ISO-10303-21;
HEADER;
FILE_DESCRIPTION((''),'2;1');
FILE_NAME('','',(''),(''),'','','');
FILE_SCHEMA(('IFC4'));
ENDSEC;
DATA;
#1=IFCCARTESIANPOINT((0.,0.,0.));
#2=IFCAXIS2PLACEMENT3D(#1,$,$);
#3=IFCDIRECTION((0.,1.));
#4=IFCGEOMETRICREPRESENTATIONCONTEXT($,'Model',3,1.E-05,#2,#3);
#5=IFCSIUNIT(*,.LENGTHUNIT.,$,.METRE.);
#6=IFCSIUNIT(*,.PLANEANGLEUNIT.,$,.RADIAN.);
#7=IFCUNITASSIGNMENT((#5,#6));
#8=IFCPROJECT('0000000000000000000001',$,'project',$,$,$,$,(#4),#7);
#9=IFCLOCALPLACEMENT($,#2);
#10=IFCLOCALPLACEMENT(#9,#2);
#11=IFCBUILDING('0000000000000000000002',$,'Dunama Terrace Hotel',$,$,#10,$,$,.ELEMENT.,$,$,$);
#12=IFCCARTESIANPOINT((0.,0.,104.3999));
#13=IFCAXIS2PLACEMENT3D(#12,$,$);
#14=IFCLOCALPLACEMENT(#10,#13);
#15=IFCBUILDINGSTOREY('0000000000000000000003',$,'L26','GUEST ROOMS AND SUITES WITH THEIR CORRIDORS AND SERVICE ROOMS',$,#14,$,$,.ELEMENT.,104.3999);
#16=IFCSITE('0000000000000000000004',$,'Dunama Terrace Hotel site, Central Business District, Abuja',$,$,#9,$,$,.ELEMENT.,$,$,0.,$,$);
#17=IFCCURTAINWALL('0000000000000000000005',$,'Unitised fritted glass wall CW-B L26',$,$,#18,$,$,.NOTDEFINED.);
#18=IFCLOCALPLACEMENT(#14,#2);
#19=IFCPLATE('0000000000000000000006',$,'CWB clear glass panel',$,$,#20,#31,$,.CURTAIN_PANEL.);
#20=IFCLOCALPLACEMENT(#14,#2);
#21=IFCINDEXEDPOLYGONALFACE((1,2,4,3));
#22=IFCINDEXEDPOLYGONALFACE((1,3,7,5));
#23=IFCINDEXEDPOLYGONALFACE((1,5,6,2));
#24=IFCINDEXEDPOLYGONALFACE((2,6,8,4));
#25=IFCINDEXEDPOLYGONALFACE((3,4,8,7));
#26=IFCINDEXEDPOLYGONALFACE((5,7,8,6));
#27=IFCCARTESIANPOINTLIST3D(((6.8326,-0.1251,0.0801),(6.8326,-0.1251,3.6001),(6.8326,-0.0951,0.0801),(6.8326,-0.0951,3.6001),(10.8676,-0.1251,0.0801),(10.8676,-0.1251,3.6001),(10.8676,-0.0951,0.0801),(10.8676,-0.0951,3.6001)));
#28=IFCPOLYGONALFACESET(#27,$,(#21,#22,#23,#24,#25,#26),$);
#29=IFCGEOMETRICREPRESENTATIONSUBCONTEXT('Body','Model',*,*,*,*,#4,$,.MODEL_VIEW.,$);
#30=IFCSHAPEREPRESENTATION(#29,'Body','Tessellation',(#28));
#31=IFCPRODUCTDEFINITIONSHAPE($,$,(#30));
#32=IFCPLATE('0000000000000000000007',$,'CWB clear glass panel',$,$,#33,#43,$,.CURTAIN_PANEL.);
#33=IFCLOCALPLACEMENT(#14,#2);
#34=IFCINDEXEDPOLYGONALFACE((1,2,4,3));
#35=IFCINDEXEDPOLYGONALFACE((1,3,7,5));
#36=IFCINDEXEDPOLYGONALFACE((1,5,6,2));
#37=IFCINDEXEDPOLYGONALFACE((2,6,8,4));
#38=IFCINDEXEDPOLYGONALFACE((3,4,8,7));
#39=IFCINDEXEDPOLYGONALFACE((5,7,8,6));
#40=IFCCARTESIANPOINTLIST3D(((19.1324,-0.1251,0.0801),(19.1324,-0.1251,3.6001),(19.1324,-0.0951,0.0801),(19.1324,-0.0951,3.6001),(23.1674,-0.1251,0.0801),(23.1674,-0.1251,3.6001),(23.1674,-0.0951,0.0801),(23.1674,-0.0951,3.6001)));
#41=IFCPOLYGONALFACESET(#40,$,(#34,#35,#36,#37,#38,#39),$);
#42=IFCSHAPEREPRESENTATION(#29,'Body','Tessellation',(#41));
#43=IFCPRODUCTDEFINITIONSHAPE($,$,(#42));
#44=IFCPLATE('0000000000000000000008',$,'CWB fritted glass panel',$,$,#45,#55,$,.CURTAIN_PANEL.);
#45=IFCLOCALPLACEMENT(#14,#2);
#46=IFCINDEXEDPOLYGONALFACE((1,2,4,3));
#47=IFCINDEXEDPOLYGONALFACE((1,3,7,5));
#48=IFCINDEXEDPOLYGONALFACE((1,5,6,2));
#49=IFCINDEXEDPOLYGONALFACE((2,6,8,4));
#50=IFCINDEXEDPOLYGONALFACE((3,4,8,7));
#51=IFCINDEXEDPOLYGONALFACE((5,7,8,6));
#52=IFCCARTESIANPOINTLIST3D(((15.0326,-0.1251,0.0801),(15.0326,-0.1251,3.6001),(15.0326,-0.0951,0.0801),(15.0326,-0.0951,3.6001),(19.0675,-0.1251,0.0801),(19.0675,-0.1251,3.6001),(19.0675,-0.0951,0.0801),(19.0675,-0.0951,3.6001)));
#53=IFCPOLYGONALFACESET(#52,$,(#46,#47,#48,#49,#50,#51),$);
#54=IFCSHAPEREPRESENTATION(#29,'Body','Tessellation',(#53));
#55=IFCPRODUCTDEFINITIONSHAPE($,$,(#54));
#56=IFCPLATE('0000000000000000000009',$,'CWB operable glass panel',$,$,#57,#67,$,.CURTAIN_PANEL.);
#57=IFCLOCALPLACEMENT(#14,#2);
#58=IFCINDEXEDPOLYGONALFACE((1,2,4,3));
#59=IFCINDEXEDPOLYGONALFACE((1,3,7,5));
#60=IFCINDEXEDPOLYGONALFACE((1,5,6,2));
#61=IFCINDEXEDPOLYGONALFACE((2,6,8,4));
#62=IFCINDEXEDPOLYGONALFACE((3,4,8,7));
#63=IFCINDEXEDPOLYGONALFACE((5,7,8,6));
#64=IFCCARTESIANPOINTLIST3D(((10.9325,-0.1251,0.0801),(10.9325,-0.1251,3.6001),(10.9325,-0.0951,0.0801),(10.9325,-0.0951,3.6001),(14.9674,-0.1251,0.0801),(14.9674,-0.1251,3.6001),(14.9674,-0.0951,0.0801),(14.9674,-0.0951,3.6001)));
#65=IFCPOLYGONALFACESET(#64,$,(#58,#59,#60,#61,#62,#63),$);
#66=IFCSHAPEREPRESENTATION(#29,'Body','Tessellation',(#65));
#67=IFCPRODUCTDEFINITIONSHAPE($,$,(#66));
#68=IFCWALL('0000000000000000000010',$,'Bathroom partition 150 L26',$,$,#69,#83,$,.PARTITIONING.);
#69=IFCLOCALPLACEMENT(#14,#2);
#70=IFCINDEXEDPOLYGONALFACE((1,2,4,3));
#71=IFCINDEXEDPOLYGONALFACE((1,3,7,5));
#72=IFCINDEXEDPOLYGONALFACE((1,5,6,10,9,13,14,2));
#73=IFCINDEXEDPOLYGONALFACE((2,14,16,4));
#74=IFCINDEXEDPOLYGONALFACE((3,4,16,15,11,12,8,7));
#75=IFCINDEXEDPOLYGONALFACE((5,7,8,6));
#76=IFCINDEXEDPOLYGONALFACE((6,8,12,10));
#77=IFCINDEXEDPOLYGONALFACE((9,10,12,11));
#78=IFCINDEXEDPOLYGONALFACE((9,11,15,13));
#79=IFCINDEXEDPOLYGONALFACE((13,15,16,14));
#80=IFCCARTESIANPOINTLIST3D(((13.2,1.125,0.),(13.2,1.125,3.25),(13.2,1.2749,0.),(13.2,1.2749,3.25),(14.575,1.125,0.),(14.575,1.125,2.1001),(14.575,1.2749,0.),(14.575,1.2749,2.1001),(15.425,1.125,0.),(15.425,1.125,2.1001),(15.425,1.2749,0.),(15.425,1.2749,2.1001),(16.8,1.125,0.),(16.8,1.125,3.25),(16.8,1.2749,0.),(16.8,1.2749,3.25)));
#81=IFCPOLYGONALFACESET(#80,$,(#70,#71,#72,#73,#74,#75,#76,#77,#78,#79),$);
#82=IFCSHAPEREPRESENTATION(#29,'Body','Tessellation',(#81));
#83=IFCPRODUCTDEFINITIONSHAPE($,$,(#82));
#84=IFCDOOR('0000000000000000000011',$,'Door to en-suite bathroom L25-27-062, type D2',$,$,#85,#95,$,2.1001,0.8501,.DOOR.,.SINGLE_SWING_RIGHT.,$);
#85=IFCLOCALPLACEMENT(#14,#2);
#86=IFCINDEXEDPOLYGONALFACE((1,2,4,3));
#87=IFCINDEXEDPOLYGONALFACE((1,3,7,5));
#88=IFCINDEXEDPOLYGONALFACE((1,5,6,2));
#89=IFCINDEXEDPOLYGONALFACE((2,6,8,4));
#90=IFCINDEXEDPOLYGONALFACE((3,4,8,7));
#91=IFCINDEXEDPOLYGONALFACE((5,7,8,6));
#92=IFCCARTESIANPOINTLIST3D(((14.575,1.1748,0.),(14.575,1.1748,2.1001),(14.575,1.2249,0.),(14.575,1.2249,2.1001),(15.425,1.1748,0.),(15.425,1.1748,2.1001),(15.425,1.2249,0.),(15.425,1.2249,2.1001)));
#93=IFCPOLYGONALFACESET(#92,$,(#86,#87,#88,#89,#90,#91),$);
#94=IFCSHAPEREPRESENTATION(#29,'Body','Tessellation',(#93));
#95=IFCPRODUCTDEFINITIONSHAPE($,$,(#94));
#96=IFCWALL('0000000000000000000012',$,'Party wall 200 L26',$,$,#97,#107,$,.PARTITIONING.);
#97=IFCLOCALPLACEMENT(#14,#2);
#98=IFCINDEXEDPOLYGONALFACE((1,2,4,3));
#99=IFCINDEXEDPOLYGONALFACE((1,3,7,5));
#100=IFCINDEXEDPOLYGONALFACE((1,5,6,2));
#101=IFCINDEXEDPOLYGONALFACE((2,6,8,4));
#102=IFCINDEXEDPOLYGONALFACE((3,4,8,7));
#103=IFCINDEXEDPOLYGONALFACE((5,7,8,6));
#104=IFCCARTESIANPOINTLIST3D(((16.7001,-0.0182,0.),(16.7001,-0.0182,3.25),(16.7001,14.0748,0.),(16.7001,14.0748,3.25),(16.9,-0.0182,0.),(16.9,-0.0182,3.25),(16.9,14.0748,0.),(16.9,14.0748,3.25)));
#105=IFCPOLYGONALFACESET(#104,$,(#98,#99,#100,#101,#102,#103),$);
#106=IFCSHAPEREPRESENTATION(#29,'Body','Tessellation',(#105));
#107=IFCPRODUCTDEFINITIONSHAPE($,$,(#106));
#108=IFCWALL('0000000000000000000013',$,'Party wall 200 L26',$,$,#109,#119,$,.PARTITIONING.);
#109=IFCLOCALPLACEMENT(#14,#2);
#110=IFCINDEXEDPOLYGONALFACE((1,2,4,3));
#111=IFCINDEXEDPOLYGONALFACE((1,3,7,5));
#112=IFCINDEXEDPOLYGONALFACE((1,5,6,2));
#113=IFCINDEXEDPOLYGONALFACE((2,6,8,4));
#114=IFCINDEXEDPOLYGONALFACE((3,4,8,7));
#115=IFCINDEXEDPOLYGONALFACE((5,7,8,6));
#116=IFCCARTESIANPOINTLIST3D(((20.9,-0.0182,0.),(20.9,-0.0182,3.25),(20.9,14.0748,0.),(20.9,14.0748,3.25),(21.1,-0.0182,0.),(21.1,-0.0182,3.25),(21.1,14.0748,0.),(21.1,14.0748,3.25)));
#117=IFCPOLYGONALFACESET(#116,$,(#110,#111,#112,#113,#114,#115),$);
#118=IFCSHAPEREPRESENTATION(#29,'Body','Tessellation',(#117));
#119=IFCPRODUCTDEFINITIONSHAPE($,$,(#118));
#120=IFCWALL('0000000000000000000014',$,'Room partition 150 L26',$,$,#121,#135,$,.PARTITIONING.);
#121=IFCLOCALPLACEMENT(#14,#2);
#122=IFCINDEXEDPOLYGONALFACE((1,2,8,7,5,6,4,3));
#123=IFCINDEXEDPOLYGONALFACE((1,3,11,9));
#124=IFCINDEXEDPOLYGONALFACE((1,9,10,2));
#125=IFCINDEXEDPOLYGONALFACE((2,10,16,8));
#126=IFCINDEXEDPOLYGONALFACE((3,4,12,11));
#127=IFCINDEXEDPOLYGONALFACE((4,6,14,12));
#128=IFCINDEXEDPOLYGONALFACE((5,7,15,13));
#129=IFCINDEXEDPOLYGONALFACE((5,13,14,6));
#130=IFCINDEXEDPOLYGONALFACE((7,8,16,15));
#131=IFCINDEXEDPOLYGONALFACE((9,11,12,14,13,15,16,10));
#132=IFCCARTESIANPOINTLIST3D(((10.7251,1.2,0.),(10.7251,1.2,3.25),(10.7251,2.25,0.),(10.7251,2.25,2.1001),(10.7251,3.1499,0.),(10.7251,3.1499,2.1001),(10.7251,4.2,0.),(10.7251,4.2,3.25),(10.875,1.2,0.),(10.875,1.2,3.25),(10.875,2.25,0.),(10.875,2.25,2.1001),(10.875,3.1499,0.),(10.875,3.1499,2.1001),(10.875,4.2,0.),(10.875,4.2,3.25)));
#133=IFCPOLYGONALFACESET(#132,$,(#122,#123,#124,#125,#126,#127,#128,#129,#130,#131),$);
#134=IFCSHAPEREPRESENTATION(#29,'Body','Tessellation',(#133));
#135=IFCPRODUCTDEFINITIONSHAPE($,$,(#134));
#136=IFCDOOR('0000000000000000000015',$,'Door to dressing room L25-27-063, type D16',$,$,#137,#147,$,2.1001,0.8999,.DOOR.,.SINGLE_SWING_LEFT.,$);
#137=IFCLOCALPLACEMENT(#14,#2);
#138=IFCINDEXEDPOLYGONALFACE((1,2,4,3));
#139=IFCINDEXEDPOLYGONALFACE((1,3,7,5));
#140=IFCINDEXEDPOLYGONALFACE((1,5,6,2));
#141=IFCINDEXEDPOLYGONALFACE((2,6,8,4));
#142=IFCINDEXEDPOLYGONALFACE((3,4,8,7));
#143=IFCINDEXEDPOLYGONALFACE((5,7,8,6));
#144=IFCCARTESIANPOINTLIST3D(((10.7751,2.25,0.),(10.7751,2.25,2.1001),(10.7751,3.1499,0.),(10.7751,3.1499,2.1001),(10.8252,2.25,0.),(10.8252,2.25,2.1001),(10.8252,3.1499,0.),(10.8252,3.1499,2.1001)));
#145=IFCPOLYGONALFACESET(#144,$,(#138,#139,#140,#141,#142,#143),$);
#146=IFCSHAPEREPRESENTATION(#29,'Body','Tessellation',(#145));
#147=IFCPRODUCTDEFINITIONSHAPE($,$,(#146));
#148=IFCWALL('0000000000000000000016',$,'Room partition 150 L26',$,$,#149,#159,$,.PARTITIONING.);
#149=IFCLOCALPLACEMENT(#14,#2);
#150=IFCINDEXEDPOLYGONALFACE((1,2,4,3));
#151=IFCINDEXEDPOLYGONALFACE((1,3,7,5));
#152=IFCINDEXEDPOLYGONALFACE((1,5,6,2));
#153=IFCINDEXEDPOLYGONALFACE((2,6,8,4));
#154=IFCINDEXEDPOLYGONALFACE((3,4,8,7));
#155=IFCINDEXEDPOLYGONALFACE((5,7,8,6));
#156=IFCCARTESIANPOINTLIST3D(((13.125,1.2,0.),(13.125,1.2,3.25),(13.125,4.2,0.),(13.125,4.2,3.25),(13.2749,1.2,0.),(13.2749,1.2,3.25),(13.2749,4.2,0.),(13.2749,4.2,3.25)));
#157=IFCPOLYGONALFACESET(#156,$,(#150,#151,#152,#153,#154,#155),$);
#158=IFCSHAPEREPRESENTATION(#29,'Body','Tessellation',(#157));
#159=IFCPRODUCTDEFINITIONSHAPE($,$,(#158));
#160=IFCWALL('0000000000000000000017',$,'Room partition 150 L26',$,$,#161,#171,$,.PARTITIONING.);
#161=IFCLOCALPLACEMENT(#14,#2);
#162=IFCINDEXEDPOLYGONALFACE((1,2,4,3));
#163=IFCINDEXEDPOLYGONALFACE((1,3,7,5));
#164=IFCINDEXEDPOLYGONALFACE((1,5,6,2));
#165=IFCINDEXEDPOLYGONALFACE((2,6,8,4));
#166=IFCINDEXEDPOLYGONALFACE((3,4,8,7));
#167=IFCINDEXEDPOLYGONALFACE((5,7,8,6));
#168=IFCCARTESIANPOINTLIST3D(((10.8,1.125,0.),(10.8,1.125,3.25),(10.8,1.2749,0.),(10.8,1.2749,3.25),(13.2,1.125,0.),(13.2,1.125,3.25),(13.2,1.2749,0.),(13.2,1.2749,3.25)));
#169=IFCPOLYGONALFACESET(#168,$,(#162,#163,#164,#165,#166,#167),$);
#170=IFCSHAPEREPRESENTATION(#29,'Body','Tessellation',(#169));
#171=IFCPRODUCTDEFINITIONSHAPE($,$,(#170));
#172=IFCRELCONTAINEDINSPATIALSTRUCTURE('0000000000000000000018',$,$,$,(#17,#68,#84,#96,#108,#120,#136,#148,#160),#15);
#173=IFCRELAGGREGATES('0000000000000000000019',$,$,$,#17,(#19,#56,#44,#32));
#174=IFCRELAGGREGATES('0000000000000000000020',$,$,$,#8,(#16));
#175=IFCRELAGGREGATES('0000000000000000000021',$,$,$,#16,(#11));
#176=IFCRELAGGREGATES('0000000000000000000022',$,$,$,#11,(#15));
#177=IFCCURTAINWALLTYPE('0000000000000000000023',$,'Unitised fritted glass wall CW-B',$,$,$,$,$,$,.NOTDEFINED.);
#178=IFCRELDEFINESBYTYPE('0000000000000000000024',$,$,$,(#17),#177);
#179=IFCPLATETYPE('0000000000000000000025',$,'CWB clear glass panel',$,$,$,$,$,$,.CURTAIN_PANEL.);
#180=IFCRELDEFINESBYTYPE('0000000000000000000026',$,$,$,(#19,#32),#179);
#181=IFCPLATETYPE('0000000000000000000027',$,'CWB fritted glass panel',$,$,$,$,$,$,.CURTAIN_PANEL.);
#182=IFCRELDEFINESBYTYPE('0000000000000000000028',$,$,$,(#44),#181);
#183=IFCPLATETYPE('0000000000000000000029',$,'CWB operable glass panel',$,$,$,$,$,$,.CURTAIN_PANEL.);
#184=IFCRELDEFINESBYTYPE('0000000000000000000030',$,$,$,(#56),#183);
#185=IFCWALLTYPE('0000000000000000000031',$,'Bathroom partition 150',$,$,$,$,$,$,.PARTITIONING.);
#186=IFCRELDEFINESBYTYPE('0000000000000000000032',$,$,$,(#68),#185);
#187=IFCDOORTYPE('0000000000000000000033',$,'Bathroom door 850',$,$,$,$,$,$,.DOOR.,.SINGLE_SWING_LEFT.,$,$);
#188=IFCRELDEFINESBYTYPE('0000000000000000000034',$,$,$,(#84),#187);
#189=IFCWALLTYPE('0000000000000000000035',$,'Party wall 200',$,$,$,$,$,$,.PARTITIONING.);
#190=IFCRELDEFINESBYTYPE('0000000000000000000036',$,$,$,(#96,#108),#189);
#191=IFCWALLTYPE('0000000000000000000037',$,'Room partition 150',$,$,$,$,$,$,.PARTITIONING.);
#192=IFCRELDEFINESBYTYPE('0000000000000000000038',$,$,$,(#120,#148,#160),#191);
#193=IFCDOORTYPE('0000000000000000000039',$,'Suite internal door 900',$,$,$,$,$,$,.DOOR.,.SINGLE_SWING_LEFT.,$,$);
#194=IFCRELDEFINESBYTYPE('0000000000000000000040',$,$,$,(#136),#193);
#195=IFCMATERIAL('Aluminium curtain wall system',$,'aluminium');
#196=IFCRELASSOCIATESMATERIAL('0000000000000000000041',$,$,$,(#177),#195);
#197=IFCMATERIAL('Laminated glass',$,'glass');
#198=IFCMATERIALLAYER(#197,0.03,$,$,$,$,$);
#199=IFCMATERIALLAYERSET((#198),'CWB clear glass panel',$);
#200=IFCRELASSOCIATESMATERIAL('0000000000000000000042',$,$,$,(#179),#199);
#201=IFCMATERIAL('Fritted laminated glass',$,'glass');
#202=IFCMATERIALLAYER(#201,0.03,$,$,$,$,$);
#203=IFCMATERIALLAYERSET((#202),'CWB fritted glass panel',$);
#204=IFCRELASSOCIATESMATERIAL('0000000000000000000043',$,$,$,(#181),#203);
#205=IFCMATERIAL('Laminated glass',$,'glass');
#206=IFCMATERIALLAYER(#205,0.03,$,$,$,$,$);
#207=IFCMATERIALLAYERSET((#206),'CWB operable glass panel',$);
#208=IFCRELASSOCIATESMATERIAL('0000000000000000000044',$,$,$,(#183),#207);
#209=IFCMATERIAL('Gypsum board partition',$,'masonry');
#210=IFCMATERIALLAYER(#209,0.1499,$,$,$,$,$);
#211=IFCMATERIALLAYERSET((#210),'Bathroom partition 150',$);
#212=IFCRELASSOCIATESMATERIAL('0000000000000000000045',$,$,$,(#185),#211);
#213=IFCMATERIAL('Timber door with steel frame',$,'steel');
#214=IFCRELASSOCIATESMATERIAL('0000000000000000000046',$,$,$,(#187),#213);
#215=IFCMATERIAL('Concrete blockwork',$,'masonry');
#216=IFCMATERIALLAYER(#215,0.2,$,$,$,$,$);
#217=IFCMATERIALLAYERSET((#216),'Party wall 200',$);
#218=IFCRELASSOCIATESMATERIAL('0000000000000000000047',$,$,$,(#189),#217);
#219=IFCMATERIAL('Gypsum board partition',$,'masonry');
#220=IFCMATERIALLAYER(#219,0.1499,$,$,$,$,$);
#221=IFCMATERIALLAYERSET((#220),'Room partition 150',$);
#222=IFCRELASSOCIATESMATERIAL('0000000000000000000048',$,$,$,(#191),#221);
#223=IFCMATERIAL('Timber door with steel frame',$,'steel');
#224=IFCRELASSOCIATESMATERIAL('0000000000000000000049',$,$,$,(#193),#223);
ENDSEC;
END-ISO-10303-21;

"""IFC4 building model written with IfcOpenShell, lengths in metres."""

from ifc_helpers import new_model, si_unit, direction, frame, frame_2d, origin, origin_2d, place, context, subcontext, project, spatial, rectangle, extrude, material, layer, layer_set, type_object, element, fill, aggregate, save


model = new_model("IFC4")

# Units and contexts
model_context = context("Model", 3, precision=1e-05, world=origin(), true_north=direction((0.0, 1.0)))
body_context = subcontext(model_context, "Body", "Model", "MODEL_VIEW")
ifc_project = project(units=[si_unit("LENGTHUNIT", "METRE"), si_unit("PLANEANGLEUNIT", "RADIAN")], contexts=[model_context])

# Site, building, storey
site_placement = place(None, origin())
site = spatial("IfcSite", under=ifc_project, at=site_placement, Name="Dunama Terrace Hotel site, Central Business District, Abuja", CompositionType="ELEMENT", RefElevation=0.0)
building_placement = place(site_placement, origin())
building = spatial("IfcBuilding", under=site, at=building_placement, Name="Dunama Terrace Hotel", CompositionType="ELEMENT")
storey_placement = place(building_placement, frame((0.0, 0.0, 104.3999)))
storey = spatial("IfcBuildingStorey", under=building, at=storey_placement, Name="L26", Description="GUEST ROOMS AND SUITES WITH THEIR CORRIDORS AND SERVICE ROOMS", CompositionType="ELEMENT", Elevation=104.3999)

# Curtain wall
ifc_material_1 = material(Name="Aluminium curtain wall system", Category="aluminium")
curtain_wall_type = type_object("IfcCurtainWallType", Name="Unitised fritted glass wall CW-B", PredefinedType="NOTDEFINED", material=ifc_material_1)
curtain_wall_placement = place(storey_placement, origin())
curtain_wall = element("IfcCurtainWall", 1, at=curtain_wall_placement, inside=storey, type_object=curtain_wall_type, Name="Unitised fritted glass wall CW-B L26", PredefinedType="NOTDEFINED")

# Plates
ifc_material_2 = material(Name="Laminated glass", Category="glass")
ifc_layer_1 = layer(ifc_material_2, 0.03)
ifc_layer_set_1 = layer_set([ifc_layer_1], Name="CWB clear glass panel")
plate_type_1 = type_object("IfcPlateType", Name="CWB clear glass panel", PredefinedType="CURTAIN_PANEL", material=ifc_layer_set_1)
plate_1_placement = place(storey_placement, frame((8.8501, -0.1101, 0.0801), z_axis=(0.0, 0.0, 1.0), x_axis=(1.0, 0.0, 0.0)))
plate_1 = element("IfcPlate", 2, at=plate_1_placement, type_object=plate_type_1, Name="CWB clear glass panel", PredefinedType="CURTAIN_PANEL", context=body_context, shape_type="SweptSolid", body=[
    extrude(rectangle(XDim=4.0349, YDim=0.03, at=origin_2d()), origin(), (0.0, 0.0, 1.0), 3.52),
])
plate_2_placement = place(storey_placement, frame((21.1499, -0.1101, 0.0801), z_axis=(0.0, 0.0, 1.0), x_axis=(1.0, 0.0, 0.0)))
plate_2 = element("IfcPlate", 3, at=plate_2_placement, type_object=plate_type_1, Name="CWB clear glass panel", PredefinedType="CURTAIN_PANEL", context=body_context, shape_type="SweptSolid", body=[
    extrude(rectangle(XDim=4.0349, YDim=0.03, at=origin_2d()), origin(), (0.0, 0.0, 1.0), 3.52),
])
ifc_material_3 = material(Name="Fritted laminated glass", Category="glass")
ifc_layer_2 = layer(ifc_material_3, 0.03)
ifc_layer_set_2 = layer_set([ifc_layer_2], Name="CWB fritted glass panel")
plate_type_2 = type_object("IfcPlateType", Name="CWB fritted glass panel", PredefinedType="CURTAIN_PANEL", material=ifc_layer_set_2)
plate_3_placement = place(storey_placement, frame((17.05, -0.1101, 0.0801), z_axis=(0.0, 0.0, 1.0), x_axis=(1.0, 0.0, 0.0)))
plate_3 = element("IfcPlate", 4, at=plate_3_placement, type_object=plate_type_2, Name="CWB fritted glass panel", PredefinedType="CURTAIN_PANEL", context=body_context, shape_type="SweptSolid", body=[
    extrude(rectangle(XDim=4.0349, YDim=0.03, at=origin_2d()), origin(), (0.0, 0.0, 1.0), 3.52),
])
ifc_material_4 = material(Name="Laminated glass", Category="glass")
ifc_layer_3 = layer(ifc_material_4, 0.03)
ifc_layer_set_3 = layer_set([ifc_layer_3], Name="CWB operable glass panel")
plate_type_3 = type_object("IfcPlateType", Name="CWB operable glass panel", PredefinedType="CURTAIN_PANEL", material=ifc_layer_set_3)
plate_4_placement = place(storey_placement, frame((12.95, -0.1101, 0.0801), z_axis=(0.0, 0.0, 1.0), x_axis=(1.0, 0.0, 0.0)))
plate_4 = element("IfcPlate", 5, at=plate_4_placement, type_object=plate_type_3, Name="CWB operable glass panel", PredefinedType="CURTAIN_PANEL", context=body_context, shape_type="SweptSolid", body=[
    extrude(rectangle(XDim=4.0349, YDim=0.03, at=origin_2d()), origin(), (0.0, 0.0, 1.0), 3.52),
])
aggregate(curtain_wall, [plate_1, plate_4, plate_3, plate_2])

# Wall, opening, door
ifc_material_5 = material(Name="Gypsum board partition", Category="masonry")
ifc_layer_4 = layer(ifc_material_5, 0.1499)
ifc_layer_set_4 = layer_set([ifc_layer_4], Name="Bathroom partition 150")
wall_type_1 = type_object("IfcWallType", Name="Bathroom partition 150", PredefinedType="PARTITIONING", material=ifc_layer_set_4)
wall_1_placement = place(storey_placement, frame((13.2, 1.2, 0.0), z_axis=(0.0, 0.0, 1.0), x_axis=(1.0, 0.0, 0.0)))
wall_1 = element("IfcWall", 6, at=wall_1_placement, inside=storey, type_object=wall_type_1, Name="Bathroom partition 150 L26", PredefinedType="PARTITIONING", context=body_context, shape_type="SweptSolid", body=[
    extrude(rectangle(XDim=3.6001, YDim=0.1499, at=frame_2d((1.8, 0.0))), origin(), (0.0, 0.0, 1.0), 3.25),
])
opening_1_placement = place(wall_1_placement, frame((1.375, 0.0, 0.0)))
opening_1 = element("IfcOpeningElement", 7, at=opening_1_placement, cuts=wall_1, PredefinedType="OPENING", context=body_context, shape_type="SweptSolid", body=[
    extrude(rectangle(XDim=0.8501, YDim=2.1001, at=frame_2d((0.425, 1.05))), frame((0.0, 0.085, 0.0), z_axis=(0.0, -1.0, 0.0), x_axis=(1.0, 0.0, 0.0)), (0.0, 0.0, 1.0), 0.1699),
])
ifc_material_6 = material(Name="Timber door with steel frame", Category="steel")
door_type_1 = type_object("IfcDoorType", Name="Bathroom door 850", OperationType="SINGLE_SWING_LEFT", PredefinedType="DOOR", material=ifc_material_6)
door_1_placement = place(opening_1_placement, origin())
door_1 = element("IfcDoor", 8, at=door_1_placement, inside=storey, type_object=door_type_1, Name="Door to en-suite bathroom L25-27-062, type D2", OperationType="SINGLE_SWING_RIGHT", OverallHeight=2.1001, OverallWidth=0.8501, PredefinedType="DOOR", context=body_context, shape_type="SweptSolid", body=[
    extrude(rectangle(XDim=0.8501, YDim=2.1001, at=frame_2d((0.425, 1.05))), frame((0.0, 0.0249, 0.0), z_axis=(0.0, -1.0, 0.0), x_axis=(1.0, 0.0, 0.0)), (0.0, 0.0, 1.0), 0.05),
])
fill(opening_1, door_1)

# Walls
ifc_material_7 = material(Name="Concrete blockwork", Category="masonry")
ifc_layer_5 = layer(ifc_material_7, 0.2)
ifc_layer_set_5 = layer_set([ifc_layer_5], Name="Party wall 200")
wall_type_2 = type_object("IfcWallType", Name="Party wall 200", PredefinedType="PARTITIONING", material=ifc_layer_set_5)
for number, where, z_axis, x_axis, name in (
    (9, (16.8, -0.0181, 0.0), (0.0, 0.0, 1.0), (0.0, 1.0, 0.0), "Party wall 200 L26"),
    (10, (21.0, -0.0181, 0.0), (0.0, 0.0, 1.0), (0.0, 1.0, 0.0), "Party wall 200 L26"),
):
    element("IfcWall", number, at=place(storey_placement, frame(where, z_axis=z_axis, x_axis=x_axis)), inside=storey, type_object=wall_type_2, Name=name, PredefinedType="PARTITIONING", context=body_context, shape_type="SweptSolid", body=[
        extrude(rectangle(XDim=14.093, YDim=0.2, at=frame_2d((7.0464, 0.0))), origin(), (0.0, 0.0, 1.0), 3.25),
    ])

# Wall, opening, door
ifc_material_8 = material(Name="Gypsum board partition", Category="masonry")
ifc_layer_6 = layer(ifc_material_8, 0.1499)
ifc_layer_set_6 = layer_set([ifc_layer_6], Name="Room partition 150")
wall_type_3 = type_object("IfcWallType", Name="Room partition 150", PredefinedType="PARTITIONING", material=ifc_layer_set_6)
wall_2_placement = place(storey_placement, frame((10.8, 1.2, 0.0), z_axis=(0.0, 0.0, 1.0), x_axis=(0.0, 1.0, 0.0)))
wall_2 = element("IfcWall", 11, at=wall_2_placement, inside=storey, type_object=wall_type_3, Name="Room partition 150 L26", PredefinedType="PARTITIONING", context=body_context, shape_type="SweptSolid", body=[
    extrude(rectangle(XDim=3.0, YDim=0.1499, at=frame_2d((1.5, 0.0))), origin(), (0.0, 0.0, 1.0), 3.25),
])
opening_2_placement = place(wall_2_placement, frame((1.05, 0.0, 0.0)))
opening_2 = element("IfcOpeningElement", 12, at=opening_2_placement, cuts=wall_2, PredefinedType="OPENING", context=body_context, shape_type="SweptSolid", body=[
    extrude(rectangle(XDim=0.8999, YDim=2.1001, at=frame_2d((0.45, 1.05))), frame((0.0, 0.085, 0.0), z_axis=(0.0, -1.0, 0.0), x_axis=(1.0, 0.0, 0.0)), (0.0, 0.0, 1.0), 0.1699),
])
ifc_material_9 = material(Name="Timber door with steel frame", Category="steel")
door_type_2 = type_object("IfcDoorType", Name="Suite internal door 900", OperationType="SINGLE_SWING_LEFT", PredefinedType="DOOR", material=ifc_material_9)
door_2_placement = place(opening_2_placement, frame((0.8999, 0.0, 0.0), z_axis=(0.0, 0.0, 1.0), x_axis=(-1.0, 0.0, 0.0)))
door_2 = element("IfcDoor", 13, at=door_2_placement, inside=storey, type_object=door_type_2, Name="Door to dressing room L25-27-063, type D16", OperationType="SINGLE_SWING_LEFT", OverallHeight=2.1001, OverallWidth=0.8999, PredefinedType="DOOR", context=body_context, shape_type="SweptSolid", body=[
    extrude(rectangle(XDim=0.8999, YDim=2.1001, at=frame_2d((0.45, 1.05))), frame((0.0, 0.0251, 0.0), z_axis=(0.0, -1.0, 0.0), x_axis=(1.0, 0.0, 0.0)), (0.0, 0.0, 1.0), 0.05),
])
fill(opening_2, door_2)

# Walls
wall_3_placement = place(storey_placement, frame((13.2, 1.2, 0.0), z_axis=(0.0, 0.0, 1.0), x_axis=(0.0, 1.0, 0.0)))
element("IfcWall", 14, at=wall_3_placement, inside=storey, type_object=wall_type_3, Name="Room partition 150 L26", PredefinedType="PARTITIONING", context=body_context, shape_type="SweptSolid", body=[
    extrude(rectangle(XDim=3.0, YDim=0.1499, at=frame_2d((1.5, 0.0))), origin(), (0.0, 0.0, 1.0), 3.25),
])
wall_4_placement = place(storey_placement, frame((10.8, 1.2, 0.0), z_axis=(0.0, 0.0, 1.0), x_axis=(1.0, 0.0, 0.0)))
element("IfcWall", 15, at=wall_4_placement, inside=storey, type_object=wall_type_3, Name="Room partition 150 L26", PredefinedType="PARTITIONING", context=body_context, shape_type="SweptSolid", body=[
    extrude(rectangle(XDim=2.3999, YDim=0.1499, at=frame_2d((1.2, 0.0))), origin(), (0.0, 0.0, 1.0), 3.25),
])

save(model, "model.ifc")
